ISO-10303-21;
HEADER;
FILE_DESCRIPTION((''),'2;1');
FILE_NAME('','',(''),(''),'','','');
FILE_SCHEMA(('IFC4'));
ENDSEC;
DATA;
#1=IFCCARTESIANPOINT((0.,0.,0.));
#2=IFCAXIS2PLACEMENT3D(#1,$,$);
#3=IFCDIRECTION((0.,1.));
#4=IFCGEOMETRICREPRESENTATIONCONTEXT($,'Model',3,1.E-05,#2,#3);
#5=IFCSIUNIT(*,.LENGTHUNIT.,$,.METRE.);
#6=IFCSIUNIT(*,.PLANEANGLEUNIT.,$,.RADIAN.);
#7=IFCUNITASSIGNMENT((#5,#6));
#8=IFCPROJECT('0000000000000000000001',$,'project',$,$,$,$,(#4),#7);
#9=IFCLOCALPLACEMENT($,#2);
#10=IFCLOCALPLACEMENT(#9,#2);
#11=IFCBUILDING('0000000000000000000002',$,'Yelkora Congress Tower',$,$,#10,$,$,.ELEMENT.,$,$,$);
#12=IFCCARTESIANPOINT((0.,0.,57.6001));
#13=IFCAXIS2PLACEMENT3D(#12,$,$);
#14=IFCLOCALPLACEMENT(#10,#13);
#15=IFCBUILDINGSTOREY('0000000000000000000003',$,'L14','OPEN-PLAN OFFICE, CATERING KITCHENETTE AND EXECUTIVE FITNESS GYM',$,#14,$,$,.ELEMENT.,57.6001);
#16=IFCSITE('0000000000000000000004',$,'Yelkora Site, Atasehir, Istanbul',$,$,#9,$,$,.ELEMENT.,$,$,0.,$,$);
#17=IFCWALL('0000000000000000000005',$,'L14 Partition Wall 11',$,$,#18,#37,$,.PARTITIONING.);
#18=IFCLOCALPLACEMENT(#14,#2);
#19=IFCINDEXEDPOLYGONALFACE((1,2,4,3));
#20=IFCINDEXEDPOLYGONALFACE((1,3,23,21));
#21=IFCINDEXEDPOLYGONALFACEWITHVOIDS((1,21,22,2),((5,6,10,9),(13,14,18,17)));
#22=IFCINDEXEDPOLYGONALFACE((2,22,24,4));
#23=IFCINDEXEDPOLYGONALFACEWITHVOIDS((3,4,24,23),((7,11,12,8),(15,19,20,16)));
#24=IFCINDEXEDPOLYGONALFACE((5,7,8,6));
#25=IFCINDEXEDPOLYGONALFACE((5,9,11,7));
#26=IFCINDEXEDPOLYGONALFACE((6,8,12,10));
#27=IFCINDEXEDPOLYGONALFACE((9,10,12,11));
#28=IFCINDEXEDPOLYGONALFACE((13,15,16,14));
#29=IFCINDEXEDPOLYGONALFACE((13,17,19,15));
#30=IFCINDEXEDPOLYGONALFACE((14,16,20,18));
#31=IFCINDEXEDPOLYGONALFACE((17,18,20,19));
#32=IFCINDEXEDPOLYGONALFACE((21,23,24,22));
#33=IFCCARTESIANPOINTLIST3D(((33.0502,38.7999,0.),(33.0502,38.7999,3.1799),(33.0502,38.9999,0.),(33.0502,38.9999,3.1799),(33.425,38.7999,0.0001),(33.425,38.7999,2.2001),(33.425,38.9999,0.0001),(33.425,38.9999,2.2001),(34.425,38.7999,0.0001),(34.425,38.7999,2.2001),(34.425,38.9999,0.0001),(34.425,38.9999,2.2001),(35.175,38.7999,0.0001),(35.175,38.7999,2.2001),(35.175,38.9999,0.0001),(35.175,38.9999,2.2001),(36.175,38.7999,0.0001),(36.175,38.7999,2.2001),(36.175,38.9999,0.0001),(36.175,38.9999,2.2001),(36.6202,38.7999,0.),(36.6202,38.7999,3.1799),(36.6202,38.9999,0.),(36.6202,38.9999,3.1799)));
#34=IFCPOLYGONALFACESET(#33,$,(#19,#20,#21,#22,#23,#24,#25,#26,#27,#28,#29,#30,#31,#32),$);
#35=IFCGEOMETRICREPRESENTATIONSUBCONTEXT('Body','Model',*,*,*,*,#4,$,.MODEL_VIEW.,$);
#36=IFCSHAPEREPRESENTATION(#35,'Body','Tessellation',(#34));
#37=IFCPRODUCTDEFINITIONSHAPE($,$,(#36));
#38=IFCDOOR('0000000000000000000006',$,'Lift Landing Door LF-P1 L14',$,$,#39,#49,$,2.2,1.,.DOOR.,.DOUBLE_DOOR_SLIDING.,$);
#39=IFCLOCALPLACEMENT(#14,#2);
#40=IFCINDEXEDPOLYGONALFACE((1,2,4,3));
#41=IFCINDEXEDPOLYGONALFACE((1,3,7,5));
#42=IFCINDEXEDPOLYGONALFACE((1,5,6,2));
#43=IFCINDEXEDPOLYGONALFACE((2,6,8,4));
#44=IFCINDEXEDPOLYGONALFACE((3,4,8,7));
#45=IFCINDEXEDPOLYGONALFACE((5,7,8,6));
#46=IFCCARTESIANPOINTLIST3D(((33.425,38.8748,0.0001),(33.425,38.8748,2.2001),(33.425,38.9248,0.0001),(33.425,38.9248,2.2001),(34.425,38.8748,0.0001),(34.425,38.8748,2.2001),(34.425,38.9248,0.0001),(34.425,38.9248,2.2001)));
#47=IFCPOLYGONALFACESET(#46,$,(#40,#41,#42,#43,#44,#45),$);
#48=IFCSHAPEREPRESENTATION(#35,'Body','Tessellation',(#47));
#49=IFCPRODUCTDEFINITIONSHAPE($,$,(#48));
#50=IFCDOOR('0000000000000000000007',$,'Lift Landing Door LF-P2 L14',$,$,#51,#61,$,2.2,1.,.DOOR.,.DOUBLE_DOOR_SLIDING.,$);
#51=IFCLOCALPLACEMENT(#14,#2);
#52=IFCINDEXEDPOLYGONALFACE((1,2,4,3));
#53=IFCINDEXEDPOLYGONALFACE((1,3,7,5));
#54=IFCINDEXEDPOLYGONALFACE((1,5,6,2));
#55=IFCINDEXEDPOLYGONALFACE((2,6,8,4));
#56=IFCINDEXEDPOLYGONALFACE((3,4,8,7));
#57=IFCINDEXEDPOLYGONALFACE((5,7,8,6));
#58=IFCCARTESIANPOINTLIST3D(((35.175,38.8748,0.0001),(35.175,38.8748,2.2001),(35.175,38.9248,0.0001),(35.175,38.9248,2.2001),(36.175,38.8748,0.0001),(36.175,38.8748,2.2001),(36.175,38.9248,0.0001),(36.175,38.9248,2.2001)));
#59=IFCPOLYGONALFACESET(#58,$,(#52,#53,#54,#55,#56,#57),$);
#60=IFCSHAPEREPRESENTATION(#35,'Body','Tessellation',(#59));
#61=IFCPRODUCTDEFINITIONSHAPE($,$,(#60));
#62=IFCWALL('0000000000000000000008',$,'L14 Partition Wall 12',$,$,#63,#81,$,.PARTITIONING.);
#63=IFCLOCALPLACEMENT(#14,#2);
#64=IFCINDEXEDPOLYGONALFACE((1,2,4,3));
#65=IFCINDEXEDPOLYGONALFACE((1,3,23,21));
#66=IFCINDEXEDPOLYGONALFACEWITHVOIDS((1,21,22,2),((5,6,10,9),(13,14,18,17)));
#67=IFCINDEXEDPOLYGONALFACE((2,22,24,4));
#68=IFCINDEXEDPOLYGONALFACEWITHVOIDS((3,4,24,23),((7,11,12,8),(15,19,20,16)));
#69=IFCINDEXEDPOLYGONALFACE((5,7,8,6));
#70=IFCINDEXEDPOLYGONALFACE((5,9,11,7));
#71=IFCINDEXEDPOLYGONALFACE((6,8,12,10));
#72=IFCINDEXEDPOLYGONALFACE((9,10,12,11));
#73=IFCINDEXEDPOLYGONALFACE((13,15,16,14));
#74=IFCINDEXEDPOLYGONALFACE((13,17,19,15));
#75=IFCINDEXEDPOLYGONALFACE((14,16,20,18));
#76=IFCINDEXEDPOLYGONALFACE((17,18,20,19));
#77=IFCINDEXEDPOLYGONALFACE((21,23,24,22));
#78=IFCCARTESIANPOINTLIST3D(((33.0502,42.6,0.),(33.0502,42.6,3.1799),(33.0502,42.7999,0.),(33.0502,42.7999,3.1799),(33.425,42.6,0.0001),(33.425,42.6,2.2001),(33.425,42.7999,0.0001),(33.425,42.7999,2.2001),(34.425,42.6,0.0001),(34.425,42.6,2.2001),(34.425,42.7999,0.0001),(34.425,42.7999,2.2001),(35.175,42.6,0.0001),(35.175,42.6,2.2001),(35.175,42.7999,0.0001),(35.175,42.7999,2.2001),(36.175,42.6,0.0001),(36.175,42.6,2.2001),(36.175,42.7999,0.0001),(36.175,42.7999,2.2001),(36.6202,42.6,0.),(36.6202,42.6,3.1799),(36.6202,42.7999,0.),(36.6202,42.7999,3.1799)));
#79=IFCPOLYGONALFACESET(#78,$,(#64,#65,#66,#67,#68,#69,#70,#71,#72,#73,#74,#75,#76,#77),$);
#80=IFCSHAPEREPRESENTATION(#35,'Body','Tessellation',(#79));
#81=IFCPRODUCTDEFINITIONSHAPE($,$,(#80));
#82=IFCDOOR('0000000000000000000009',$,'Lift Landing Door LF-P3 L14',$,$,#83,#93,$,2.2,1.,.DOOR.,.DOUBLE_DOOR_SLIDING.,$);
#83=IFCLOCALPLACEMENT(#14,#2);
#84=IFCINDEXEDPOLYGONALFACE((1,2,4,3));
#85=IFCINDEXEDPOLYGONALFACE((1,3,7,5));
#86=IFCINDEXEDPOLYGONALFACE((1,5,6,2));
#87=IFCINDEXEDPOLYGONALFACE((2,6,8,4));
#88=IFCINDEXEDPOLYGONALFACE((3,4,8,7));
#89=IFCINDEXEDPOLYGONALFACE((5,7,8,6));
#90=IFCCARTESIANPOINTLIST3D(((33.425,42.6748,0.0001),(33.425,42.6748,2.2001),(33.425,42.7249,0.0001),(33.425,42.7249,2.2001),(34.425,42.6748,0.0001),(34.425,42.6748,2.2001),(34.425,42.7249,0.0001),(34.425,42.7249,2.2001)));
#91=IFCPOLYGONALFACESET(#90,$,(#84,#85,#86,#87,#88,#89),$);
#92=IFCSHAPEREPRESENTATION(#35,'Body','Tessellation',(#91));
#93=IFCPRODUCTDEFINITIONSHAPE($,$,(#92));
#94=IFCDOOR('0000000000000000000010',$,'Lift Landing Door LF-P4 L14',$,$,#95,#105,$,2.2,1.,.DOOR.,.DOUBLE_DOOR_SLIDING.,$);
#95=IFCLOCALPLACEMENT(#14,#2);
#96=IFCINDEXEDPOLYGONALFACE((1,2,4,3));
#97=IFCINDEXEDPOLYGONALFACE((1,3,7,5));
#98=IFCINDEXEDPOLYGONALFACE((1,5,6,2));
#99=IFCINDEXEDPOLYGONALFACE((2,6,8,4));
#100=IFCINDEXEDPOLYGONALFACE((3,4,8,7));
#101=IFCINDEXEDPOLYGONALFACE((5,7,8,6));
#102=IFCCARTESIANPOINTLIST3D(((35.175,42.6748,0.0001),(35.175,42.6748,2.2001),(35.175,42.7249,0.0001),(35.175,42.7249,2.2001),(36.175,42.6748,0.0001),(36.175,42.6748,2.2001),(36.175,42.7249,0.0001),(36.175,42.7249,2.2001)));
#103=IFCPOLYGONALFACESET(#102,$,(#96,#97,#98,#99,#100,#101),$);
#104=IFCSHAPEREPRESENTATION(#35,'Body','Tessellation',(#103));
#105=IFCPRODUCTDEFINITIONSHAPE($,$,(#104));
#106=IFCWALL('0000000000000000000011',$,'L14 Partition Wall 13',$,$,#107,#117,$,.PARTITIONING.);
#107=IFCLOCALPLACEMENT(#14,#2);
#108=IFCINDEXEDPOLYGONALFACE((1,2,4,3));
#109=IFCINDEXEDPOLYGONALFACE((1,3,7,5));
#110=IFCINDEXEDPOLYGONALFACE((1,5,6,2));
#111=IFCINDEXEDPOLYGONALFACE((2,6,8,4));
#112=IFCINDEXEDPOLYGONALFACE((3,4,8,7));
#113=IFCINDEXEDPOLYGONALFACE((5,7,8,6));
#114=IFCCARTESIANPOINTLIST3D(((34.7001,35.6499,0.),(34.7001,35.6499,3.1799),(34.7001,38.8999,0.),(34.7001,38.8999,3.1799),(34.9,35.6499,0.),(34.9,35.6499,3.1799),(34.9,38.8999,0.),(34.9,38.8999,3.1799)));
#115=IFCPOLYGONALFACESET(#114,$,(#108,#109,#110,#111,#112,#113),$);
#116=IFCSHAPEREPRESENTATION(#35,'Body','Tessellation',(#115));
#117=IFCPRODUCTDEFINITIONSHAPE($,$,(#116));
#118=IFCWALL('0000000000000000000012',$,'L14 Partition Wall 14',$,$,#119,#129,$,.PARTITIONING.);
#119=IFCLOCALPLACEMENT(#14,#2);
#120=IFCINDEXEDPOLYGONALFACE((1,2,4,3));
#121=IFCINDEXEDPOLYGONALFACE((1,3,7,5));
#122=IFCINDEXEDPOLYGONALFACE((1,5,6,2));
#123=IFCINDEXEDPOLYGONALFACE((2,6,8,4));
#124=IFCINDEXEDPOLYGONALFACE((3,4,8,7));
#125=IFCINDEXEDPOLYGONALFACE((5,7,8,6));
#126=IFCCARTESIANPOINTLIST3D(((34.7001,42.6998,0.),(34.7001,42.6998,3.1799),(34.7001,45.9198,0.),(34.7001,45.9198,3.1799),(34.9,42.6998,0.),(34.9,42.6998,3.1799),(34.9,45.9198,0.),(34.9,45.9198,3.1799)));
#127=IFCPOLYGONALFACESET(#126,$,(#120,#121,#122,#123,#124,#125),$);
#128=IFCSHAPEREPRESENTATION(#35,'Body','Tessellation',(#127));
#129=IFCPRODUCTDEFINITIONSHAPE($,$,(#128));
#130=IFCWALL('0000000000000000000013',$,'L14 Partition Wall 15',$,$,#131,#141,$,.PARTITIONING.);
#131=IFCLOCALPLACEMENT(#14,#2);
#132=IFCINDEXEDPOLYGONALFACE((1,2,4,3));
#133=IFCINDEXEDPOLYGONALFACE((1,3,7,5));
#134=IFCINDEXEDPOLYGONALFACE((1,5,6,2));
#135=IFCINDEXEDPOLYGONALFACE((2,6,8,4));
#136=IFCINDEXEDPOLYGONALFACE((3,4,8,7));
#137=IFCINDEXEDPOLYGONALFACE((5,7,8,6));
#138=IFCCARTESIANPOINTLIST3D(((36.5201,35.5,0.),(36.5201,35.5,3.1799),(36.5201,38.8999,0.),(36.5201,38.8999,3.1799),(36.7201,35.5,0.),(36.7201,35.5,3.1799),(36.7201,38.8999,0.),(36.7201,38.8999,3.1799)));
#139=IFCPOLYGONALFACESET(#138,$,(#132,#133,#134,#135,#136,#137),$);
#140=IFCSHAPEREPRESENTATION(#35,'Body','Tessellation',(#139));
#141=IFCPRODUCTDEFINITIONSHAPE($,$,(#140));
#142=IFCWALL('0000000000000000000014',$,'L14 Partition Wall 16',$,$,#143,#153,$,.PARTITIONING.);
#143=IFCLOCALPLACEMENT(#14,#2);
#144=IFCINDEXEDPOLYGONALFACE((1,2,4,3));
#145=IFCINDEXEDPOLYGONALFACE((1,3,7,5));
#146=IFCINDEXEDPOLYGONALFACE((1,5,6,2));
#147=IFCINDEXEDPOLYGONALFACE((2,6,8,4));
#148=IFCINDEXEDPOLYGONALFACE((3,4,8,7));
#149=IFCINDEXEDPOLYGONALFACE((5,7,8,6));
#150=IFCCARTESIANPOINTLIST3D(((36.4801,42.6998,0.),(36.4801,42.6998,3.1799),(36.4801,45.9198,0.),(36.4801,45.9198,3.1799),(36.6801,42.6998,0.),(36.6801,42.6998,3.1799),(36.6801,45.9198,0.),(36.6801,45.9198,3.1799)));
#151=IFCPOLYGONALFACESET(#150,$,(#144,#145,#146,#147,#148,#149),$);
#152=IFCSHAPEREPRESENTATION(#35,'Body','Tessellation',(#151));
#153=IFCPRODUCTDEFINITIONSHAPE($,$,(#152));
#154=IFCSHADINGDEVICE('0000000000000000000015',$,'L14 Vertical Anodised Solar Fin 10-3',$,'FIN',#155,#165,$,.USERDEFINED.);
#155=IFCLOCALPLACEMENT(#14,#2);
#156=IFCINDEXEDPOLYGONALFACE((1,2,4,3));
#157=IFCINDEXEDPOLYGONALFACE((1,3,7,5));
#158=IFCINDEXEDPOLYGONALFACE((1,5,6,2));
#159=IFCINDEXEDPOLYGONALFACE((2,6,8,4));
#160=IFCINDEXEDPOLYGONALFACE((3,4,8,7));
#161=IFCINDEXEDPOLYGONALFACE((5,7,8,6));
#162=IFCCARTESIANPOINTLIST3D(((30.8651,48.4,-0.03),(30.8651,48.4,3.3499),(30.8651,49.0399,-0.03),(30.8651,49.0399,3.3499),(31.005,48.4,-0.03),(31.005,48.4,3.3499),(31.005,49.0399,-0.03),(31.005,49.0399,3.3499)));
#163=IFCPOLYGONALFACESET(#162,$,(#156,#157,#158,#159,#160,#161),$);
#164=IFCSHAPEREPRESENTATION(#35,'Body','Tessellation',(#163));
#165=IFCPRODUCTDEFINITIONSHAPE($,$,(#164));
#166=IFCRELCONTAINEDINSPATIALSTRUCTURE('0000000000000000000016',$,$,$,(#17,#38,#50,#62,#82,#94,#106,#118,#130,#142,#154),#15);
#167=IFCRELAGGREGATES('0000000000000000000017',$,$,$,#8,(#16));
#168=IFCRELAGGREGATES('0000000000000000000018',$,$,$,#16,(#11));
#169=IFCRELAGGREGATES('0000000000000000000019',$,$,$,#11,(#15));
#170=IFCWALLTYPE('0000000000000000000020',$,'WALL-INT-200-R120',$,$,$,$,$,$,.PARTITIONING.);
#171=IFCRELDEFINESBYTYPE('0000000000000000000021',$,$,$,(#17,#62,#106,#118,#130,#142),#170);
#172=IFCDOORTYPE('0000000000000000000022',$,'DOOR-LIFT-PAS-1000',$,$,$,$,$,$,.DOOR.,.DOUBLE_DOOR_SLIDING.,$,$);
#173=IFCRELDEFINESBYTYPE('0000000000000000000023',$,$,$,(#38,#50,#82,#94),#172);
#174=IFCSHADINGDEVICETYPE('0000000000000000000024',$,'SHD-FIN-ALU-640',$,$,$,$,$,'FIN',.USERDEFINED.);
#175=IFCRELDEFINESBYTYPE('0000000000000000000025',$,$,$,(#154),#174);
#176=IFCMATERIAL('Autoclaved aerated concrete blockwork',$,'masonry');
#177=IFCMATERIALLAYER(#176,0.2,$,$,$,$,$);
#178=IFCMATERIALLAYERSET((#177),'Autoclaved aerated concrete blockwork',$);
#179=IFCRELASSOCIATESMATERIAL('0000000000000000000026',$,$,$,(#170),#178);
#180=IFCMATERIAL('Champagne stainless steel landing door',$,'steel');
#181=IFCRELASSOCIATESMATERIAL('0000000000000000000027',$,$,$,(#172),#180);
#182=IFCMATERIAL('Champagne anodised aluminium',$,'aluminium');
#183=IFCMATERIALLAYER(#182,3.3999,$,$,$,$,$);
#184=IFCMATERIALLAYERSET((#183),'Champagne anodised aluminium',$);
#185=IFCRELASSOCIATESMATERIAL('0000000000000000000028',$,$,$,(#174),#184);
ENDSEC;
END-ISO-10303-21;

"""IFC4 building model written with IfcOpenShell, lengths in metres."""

from ifc_helpers import new_model, si_unit, direction, frame, frame_2d, origin, origin_2d, place, context, subcontext, project, spatial, rectangle, extrude, material, layer, layer_set, type_object, element, fill, save


model = new_model("IFC4")

# Units and contexts
model_context = context("Model", 3, precision=1e-05, world=origin(), true_north=direction((0.0, 1.0)))
body_context = subcontext(model_context, "Body", "Model", "MODEL_VIEW")
ifc_project = project(units=[si_unit("LENGTHUNIT", "METRE"), si_unit("PLANEANGLEUNIT", "RADIAN")], contexts=[model_context])

# Site, building, storey
site_placement = place(None, origin())
site = spatial("IfcSite", under=ifc_project, at=site_placement, Name="Yelkora Site, Atasehir, Istanbul", CompositionType="ELEMENT", RefElevation=0.0)
building_placement = place(site_placement, origin())
building = spatial("IfcBuilding", under=site, at=building_placement, Name="Yelkora Congress Tower", CompositionType="ELEMENT")
storey_placement = place(building_placement, frame((0.0, 0.0, 57.6001)))
storey = spatial("IfcBuildingStorey", under=building, at=storey_placement, Name="L14", Description="OPEN-PLAN OFFICE, CATERING KITCHENETTE AND EXECUTIVE FITNESS GYM", CompositionType="ELEMENT", Elevation=57.6001)

# Shared definitions
ifc_material_1 = material(Name="Autoclaved aerated concrete blockwork", Category="masonry")
ifc_layer_1 = layer(ifc_material_1, 0.2)
ifc_layer_set_1 = layer_set([ifc_layer_1], Name="Autoclaved aerated concrete blockwork")
wall_type_1 = type_object("IfcWallType", Name="WALL-INT-200-R120", PredefinedType="PARTITIONING", material=ifc_layer_set_1)

# Walls, openings, doors
wall_1_placement = place(storey_placement, frame((33.05, 38.8999, 0.0), z_axis=(0.0, 0.0, 1.0), x_axis=(1.0, 0.0, 0.0)))
wall_1 = element("IfcWall", 1, at=wall_1_placement, inside=storey, type_object=wall_type_1, Name="L14 Partition Wall 11", PredefinedType="PARTITIONING", context=body_context, shape_type="SweptSolid", body=[
    extrude(rectangle(XDim=3.5701, YDim=0.2, at=frame_2d((1.7852, 0.0))), origin(), (0.0, 0.0, 1.0), 3.1799),
])
opening_1_placement = place(wall_1_placement, frame((0.375, 0.0, 0.0)))
opening_1 = element("IfcOpeningElement", 2, at=opening_1_placement, cuts=wall_1, PredefinedType="OPENING", context=body_context, shape_type="SweptSolid", body=[
    extrude(rectangle(XDim=1.0, YDim=2.2, at=frame_2d((0.5, 1.1001))), frame((0.0, 0.1099, 0.0), z_axis=(0.0, -1.0, 0.0), x_axis=(1.0, 0.0, 0.0)), (0.0, 0.0, 1.0), 0.22),
])
opening_2_placement = place(wall_1_placement, frame((2.125, 0.0, 0.0)))
opening_2 = element("IfcOpeningElement", 3, at=opening_2_placement, cuts=wall_1, PredefinedType="OPENING", context=body_context, shape_type="SweptSolid", body=[
    extrude(rectangle(XDim=1.0, YDim=2.2, at=frame_2d((0.5, 1.1001))), frame((0.0, 0.1099, 0.0), z_axis=(0.0, -1.0, 0.0), x_axis=(1.0, 0.0, 0.0)), (0.0, 0.0, 1.0), 0.22),
])
ifc_material_2 = material(Name="Champagne stainless steel landing door", Category="steel")
door_type_1 = type_object("IfcDoorType", Name="DOOR-LIFT-PAS-1000", OperationType="DOUBLE_DOOR_SLIDING", PredefinedType="DOOR", material=ifc_material_2)
door_1_placement = place(opening_1_placement, origin())
door_1 = element("IfcDoor", 4, at=door_1_placement, inside=storey, type_object=door_type_1, Name="Lift Landing Door LF-P1 L14", OperationType="DOUBLE_DOOR_SLIDING", OverallHeight=2.2, OverallWidth=1.0, PredefinedType="DOOR", context=body_context, shape_type="SweptSolid", body=[
    extrude(rectangle(XDim=1.0, YDim=2.2, at=frame_2d((0.5, 1.1001))), frame((0.0, 0.0249, 0.0), z_axis=(0.0, -1.0, 0.0), x_axis=(1.0, 0.0, 0.0)), (0.0, 0.0, 1.0), 0.05),
])
fill(opening_1, door_1)
door_2_placement = place(opening_2_placement, origin())
door_2 = element("IfcDoor", 5, at=door_2_placement, inside=storey, type_object=door_type_1, Name="Lift Landing Door LF-P2 L14", OperationType="DOUBLE_DOOR_SLIDING", OverallHeight=2.2, OverallWidth=1.0, PredefinedType="DOOR", context=body_context, shape_type="SweptSolid", body=[
    extrude(rectangle(XDim=1.0, YDim=2.2, at=frame_2d((0.5, 1.1001))), frame((0.0, 0.0249, 0.0), z_axis=(0.0, -1.0, 0.0), x_axis=(1.0, 0.0, 0.0)), (0.0, 0.0, 1.0), 0.05),
])
fill(opening_2, door_2)
wall_2_placement = place(storey_placement, frame((33.05, 42.7, 0.0), z_axis=(0.0, 0.0, 1.0), x_axis=(1.0, 0.0, 0.0)))
wall_2 = element("IfcWall", 6, at=wall_2_placement, inside=storey, type_object=wall_type_1, Name="L14 Partition Wall 12", PredefinedType="PARTITIONING", context=body_context, shape_type="SweptSolid", body=[
    extrude(rectangle(XDim=3.5701, YDim=0.2, at=frame_2d((1.7852, 0.0))), origin(), (0.0, 0.0, 1.0), 3.1799),
])
opening_3_placement = place(wall_2_placement, frame((0.375, 0.0, 0.0)))
opening_3 = element("IfcOpeningElement", 7, at=opening_3_placement, cuts=wall_2, PredefinedType="OPENING", context=body_context, shape_type="SweptSolid", body=[
    extrude(rectangle(XDim=1.0, YDim=2.2, at=frame_2d((0.5, 1.1001))), frame((0.0, 0.1099, 0.0), z_axis=(0.0, -1.0, 0.0), x_axis=(1.0, 0.0, 0.0)), (0.0, 0.0, 1.0), 0.22),
])
opening_4_placement = place(wall_2_placement, frame((2.125, 0.0, 0.0)))
opening_4 = element("IfcOpeningElement", 8, at=opening_4_placement, cuts=wall_2, PredefinedType="OPENING", context=body_context, shape_type="SweptSolid", body=[
    extrude(rectangle(XDim=1.0, YDim=2.2, at=frame_2d((0.5, 1.1001))), frame((0.0, 0.1099, 0.0), z_axis=(0.0, -1.0, 0.0), x_axis=(1.0, 0.0, 0.0)), (0.0, 0.0, 1.0), 0.22),
])
door_3_placement = place(opening_3_placement, origin())
door_3 = element("IfcDoor", 9, at=door_3_placement, inside=storey, type_object=door_type_1, Name="Lift Landing Door LF-P3 L14", OperationType="DOUBLE_DOOR_SLIDING", OverallHeight=2.2, OverallWidth=1.0, PredefinedType="DOOR", context=body_context, shape_type="SweptSolid", body=[
    extrude(rectangle(XDim=1.0, YDim=2.2, at=frame_2d((0.5, 1.1001))), frame((0.0, 0.0249, 0.0), z_axis=(0.0, -1.0, 0.0), x_axis=(1.0, 0.0, 0.0)), (0.0, 0.0, 1.0), 0.05),
])
fill(opening_3, door_3)
door_4_placement = place(opening_4_placement, origin())
door_4 = element("IfcDoor", 10, at=door_4_placement, inside=storey, type_object=door_type_1, Name="Lift Landing Door LF-P4 L14", OperationType="DOUBLE_DOOR_SLIDING", OverallHeight=2.2, OverallWidth=1.0, PredefinedType="DOOR", context=body_context, shape_type="SweptSolid", body=[
    extrude(rectangle(XDim=1.0, YDim=2.2, at=frame_2d((0.5, 1.1001))), frame((0.0, 0.0249, 0.0), z_axis=(0.0, -1.0, 0.0), x_axis=(1.0, 0.0, 0.0)), (0.0, 0.0, 1.0), 0.05),
])
fill(opening_4, door_4)

# Walls
wall_3_placement = place(storey_placement, frame((34.8, 35.6499, 0.0), z_axis=(0.0, 0.0, 1.0), x_axis=(0.0, 1.0, 0.0)))
element("IfcWall", 11, at=wall_3_placement, inside=storey, type_object=wall_type_1, Name="L14 Partition Wall 13", PredefinedType="PARTITIONING", context=body_context, shape_type="SweptSolid", body=[
    extrude(rectangle(XDim=3.25, YDim=0.2, at=frame_2d((1.625, 0.0))), origin(), (0.0, 0.0, 1.0), 3.1799),
])
wall_4_placement = place(storey_placement, frame((34.8, 42.7, 0.0), z_axis=(0.0, 0.0, 1.0), x_axis=(0.0, 1.0, 0.0)))
element("IfcWall", 12, at=wall_4_placement, inside=storey, type_object=wall_type_1, Name="L14 Partition Wall 14", PredefinedType="PARTITIONING", context=body_context, shape_type="SweptSolid", body=[
    extrude(rectangle(XDim=3.22, YDim=0.2, at=frame_2d((1.6099, 0.0))), origin(), (0.0, 0.0, 1.0), 3.1799),
])
wall_5_placement = place(storey_placement, frame((36.6201, 35.5, 0.0), z_axis=(0.0, 0.0, 1.0), x_axis=(0.0, 1.0, 0.0)))
element("IfcWall", 13, at=wall_5_placement, inside=storey, type_object=wall_type_1, Name="L14 Partition Wall 15", PredefinedType="PARTITIONING", context=body_context, shape_type="SweptSolid", body=[
    extrude(rectangle(XDim=3.3999, YDim=0.2, at=frame_2d((1.7, 0.0))), origin(), (0.0, 0.0, 1.0), 3.1799),
])
wall_6_placement = place(storey_placement, frame((36.5801, 42.7, 0.0), z_axis=(0.0, 0.0, 1.0), x_axis=(0.0, 1.0, 0.0)))
element("IfcWall", 14, at=wall_6_placement, inside=storey, type_object=wall_type_1, Name="L14 Partition Wall 16", PredefinedType="PARTITIONING", context=body_context, shape_type="SweptSolid", body=[
    extrude(rectangle(XDim=3.22, YDim=0.2, at=frame_2d((1.6099, 0.0))), origin(), (0.0, 0.0, 1.0), 3.1799),
])

# Shading device
ifc_material_3 = material(Name="Champagne anodised aluminium", Category="aluminium")
ifc_layer_2 = layer(ifc_material_3, 3.3999)
ifc_layer_set_2 = layer_set([ifc_layer_2], Name="Champagne anodised aluminium")
shading_device_type = type_object("IfcShadingDeviceType", Name="SHD-FIN-ALU-640", ElementType="FIN", PredefinedType="USERDEFINED", material=ifc_layer_set_2)
shading_device_placement = place(storey_placement, frame((30.9351, 48.72, -0.03), z_axis=(0.0, 0.0, 1.0), x_axis=(1.0, 0.0, 0.0)))
element("IfcShadingDevice", 15, at=shading_device_placement, inside=storey, type_object=shading_device_type, Name="L14 Vertical Anodised Solar Fin 10-3", ObjectType="FIN", PredefinedType="USERDEFINED", context=body_context, shape_type="SweptSolid", body=[
    extrude(rectangle(XDim=0.1399, YDim=0.6399, at=origin_2d()), origin(), (0.0, 0.0, 1.0), 3.3799),
])

save(model, "model.ifc")
